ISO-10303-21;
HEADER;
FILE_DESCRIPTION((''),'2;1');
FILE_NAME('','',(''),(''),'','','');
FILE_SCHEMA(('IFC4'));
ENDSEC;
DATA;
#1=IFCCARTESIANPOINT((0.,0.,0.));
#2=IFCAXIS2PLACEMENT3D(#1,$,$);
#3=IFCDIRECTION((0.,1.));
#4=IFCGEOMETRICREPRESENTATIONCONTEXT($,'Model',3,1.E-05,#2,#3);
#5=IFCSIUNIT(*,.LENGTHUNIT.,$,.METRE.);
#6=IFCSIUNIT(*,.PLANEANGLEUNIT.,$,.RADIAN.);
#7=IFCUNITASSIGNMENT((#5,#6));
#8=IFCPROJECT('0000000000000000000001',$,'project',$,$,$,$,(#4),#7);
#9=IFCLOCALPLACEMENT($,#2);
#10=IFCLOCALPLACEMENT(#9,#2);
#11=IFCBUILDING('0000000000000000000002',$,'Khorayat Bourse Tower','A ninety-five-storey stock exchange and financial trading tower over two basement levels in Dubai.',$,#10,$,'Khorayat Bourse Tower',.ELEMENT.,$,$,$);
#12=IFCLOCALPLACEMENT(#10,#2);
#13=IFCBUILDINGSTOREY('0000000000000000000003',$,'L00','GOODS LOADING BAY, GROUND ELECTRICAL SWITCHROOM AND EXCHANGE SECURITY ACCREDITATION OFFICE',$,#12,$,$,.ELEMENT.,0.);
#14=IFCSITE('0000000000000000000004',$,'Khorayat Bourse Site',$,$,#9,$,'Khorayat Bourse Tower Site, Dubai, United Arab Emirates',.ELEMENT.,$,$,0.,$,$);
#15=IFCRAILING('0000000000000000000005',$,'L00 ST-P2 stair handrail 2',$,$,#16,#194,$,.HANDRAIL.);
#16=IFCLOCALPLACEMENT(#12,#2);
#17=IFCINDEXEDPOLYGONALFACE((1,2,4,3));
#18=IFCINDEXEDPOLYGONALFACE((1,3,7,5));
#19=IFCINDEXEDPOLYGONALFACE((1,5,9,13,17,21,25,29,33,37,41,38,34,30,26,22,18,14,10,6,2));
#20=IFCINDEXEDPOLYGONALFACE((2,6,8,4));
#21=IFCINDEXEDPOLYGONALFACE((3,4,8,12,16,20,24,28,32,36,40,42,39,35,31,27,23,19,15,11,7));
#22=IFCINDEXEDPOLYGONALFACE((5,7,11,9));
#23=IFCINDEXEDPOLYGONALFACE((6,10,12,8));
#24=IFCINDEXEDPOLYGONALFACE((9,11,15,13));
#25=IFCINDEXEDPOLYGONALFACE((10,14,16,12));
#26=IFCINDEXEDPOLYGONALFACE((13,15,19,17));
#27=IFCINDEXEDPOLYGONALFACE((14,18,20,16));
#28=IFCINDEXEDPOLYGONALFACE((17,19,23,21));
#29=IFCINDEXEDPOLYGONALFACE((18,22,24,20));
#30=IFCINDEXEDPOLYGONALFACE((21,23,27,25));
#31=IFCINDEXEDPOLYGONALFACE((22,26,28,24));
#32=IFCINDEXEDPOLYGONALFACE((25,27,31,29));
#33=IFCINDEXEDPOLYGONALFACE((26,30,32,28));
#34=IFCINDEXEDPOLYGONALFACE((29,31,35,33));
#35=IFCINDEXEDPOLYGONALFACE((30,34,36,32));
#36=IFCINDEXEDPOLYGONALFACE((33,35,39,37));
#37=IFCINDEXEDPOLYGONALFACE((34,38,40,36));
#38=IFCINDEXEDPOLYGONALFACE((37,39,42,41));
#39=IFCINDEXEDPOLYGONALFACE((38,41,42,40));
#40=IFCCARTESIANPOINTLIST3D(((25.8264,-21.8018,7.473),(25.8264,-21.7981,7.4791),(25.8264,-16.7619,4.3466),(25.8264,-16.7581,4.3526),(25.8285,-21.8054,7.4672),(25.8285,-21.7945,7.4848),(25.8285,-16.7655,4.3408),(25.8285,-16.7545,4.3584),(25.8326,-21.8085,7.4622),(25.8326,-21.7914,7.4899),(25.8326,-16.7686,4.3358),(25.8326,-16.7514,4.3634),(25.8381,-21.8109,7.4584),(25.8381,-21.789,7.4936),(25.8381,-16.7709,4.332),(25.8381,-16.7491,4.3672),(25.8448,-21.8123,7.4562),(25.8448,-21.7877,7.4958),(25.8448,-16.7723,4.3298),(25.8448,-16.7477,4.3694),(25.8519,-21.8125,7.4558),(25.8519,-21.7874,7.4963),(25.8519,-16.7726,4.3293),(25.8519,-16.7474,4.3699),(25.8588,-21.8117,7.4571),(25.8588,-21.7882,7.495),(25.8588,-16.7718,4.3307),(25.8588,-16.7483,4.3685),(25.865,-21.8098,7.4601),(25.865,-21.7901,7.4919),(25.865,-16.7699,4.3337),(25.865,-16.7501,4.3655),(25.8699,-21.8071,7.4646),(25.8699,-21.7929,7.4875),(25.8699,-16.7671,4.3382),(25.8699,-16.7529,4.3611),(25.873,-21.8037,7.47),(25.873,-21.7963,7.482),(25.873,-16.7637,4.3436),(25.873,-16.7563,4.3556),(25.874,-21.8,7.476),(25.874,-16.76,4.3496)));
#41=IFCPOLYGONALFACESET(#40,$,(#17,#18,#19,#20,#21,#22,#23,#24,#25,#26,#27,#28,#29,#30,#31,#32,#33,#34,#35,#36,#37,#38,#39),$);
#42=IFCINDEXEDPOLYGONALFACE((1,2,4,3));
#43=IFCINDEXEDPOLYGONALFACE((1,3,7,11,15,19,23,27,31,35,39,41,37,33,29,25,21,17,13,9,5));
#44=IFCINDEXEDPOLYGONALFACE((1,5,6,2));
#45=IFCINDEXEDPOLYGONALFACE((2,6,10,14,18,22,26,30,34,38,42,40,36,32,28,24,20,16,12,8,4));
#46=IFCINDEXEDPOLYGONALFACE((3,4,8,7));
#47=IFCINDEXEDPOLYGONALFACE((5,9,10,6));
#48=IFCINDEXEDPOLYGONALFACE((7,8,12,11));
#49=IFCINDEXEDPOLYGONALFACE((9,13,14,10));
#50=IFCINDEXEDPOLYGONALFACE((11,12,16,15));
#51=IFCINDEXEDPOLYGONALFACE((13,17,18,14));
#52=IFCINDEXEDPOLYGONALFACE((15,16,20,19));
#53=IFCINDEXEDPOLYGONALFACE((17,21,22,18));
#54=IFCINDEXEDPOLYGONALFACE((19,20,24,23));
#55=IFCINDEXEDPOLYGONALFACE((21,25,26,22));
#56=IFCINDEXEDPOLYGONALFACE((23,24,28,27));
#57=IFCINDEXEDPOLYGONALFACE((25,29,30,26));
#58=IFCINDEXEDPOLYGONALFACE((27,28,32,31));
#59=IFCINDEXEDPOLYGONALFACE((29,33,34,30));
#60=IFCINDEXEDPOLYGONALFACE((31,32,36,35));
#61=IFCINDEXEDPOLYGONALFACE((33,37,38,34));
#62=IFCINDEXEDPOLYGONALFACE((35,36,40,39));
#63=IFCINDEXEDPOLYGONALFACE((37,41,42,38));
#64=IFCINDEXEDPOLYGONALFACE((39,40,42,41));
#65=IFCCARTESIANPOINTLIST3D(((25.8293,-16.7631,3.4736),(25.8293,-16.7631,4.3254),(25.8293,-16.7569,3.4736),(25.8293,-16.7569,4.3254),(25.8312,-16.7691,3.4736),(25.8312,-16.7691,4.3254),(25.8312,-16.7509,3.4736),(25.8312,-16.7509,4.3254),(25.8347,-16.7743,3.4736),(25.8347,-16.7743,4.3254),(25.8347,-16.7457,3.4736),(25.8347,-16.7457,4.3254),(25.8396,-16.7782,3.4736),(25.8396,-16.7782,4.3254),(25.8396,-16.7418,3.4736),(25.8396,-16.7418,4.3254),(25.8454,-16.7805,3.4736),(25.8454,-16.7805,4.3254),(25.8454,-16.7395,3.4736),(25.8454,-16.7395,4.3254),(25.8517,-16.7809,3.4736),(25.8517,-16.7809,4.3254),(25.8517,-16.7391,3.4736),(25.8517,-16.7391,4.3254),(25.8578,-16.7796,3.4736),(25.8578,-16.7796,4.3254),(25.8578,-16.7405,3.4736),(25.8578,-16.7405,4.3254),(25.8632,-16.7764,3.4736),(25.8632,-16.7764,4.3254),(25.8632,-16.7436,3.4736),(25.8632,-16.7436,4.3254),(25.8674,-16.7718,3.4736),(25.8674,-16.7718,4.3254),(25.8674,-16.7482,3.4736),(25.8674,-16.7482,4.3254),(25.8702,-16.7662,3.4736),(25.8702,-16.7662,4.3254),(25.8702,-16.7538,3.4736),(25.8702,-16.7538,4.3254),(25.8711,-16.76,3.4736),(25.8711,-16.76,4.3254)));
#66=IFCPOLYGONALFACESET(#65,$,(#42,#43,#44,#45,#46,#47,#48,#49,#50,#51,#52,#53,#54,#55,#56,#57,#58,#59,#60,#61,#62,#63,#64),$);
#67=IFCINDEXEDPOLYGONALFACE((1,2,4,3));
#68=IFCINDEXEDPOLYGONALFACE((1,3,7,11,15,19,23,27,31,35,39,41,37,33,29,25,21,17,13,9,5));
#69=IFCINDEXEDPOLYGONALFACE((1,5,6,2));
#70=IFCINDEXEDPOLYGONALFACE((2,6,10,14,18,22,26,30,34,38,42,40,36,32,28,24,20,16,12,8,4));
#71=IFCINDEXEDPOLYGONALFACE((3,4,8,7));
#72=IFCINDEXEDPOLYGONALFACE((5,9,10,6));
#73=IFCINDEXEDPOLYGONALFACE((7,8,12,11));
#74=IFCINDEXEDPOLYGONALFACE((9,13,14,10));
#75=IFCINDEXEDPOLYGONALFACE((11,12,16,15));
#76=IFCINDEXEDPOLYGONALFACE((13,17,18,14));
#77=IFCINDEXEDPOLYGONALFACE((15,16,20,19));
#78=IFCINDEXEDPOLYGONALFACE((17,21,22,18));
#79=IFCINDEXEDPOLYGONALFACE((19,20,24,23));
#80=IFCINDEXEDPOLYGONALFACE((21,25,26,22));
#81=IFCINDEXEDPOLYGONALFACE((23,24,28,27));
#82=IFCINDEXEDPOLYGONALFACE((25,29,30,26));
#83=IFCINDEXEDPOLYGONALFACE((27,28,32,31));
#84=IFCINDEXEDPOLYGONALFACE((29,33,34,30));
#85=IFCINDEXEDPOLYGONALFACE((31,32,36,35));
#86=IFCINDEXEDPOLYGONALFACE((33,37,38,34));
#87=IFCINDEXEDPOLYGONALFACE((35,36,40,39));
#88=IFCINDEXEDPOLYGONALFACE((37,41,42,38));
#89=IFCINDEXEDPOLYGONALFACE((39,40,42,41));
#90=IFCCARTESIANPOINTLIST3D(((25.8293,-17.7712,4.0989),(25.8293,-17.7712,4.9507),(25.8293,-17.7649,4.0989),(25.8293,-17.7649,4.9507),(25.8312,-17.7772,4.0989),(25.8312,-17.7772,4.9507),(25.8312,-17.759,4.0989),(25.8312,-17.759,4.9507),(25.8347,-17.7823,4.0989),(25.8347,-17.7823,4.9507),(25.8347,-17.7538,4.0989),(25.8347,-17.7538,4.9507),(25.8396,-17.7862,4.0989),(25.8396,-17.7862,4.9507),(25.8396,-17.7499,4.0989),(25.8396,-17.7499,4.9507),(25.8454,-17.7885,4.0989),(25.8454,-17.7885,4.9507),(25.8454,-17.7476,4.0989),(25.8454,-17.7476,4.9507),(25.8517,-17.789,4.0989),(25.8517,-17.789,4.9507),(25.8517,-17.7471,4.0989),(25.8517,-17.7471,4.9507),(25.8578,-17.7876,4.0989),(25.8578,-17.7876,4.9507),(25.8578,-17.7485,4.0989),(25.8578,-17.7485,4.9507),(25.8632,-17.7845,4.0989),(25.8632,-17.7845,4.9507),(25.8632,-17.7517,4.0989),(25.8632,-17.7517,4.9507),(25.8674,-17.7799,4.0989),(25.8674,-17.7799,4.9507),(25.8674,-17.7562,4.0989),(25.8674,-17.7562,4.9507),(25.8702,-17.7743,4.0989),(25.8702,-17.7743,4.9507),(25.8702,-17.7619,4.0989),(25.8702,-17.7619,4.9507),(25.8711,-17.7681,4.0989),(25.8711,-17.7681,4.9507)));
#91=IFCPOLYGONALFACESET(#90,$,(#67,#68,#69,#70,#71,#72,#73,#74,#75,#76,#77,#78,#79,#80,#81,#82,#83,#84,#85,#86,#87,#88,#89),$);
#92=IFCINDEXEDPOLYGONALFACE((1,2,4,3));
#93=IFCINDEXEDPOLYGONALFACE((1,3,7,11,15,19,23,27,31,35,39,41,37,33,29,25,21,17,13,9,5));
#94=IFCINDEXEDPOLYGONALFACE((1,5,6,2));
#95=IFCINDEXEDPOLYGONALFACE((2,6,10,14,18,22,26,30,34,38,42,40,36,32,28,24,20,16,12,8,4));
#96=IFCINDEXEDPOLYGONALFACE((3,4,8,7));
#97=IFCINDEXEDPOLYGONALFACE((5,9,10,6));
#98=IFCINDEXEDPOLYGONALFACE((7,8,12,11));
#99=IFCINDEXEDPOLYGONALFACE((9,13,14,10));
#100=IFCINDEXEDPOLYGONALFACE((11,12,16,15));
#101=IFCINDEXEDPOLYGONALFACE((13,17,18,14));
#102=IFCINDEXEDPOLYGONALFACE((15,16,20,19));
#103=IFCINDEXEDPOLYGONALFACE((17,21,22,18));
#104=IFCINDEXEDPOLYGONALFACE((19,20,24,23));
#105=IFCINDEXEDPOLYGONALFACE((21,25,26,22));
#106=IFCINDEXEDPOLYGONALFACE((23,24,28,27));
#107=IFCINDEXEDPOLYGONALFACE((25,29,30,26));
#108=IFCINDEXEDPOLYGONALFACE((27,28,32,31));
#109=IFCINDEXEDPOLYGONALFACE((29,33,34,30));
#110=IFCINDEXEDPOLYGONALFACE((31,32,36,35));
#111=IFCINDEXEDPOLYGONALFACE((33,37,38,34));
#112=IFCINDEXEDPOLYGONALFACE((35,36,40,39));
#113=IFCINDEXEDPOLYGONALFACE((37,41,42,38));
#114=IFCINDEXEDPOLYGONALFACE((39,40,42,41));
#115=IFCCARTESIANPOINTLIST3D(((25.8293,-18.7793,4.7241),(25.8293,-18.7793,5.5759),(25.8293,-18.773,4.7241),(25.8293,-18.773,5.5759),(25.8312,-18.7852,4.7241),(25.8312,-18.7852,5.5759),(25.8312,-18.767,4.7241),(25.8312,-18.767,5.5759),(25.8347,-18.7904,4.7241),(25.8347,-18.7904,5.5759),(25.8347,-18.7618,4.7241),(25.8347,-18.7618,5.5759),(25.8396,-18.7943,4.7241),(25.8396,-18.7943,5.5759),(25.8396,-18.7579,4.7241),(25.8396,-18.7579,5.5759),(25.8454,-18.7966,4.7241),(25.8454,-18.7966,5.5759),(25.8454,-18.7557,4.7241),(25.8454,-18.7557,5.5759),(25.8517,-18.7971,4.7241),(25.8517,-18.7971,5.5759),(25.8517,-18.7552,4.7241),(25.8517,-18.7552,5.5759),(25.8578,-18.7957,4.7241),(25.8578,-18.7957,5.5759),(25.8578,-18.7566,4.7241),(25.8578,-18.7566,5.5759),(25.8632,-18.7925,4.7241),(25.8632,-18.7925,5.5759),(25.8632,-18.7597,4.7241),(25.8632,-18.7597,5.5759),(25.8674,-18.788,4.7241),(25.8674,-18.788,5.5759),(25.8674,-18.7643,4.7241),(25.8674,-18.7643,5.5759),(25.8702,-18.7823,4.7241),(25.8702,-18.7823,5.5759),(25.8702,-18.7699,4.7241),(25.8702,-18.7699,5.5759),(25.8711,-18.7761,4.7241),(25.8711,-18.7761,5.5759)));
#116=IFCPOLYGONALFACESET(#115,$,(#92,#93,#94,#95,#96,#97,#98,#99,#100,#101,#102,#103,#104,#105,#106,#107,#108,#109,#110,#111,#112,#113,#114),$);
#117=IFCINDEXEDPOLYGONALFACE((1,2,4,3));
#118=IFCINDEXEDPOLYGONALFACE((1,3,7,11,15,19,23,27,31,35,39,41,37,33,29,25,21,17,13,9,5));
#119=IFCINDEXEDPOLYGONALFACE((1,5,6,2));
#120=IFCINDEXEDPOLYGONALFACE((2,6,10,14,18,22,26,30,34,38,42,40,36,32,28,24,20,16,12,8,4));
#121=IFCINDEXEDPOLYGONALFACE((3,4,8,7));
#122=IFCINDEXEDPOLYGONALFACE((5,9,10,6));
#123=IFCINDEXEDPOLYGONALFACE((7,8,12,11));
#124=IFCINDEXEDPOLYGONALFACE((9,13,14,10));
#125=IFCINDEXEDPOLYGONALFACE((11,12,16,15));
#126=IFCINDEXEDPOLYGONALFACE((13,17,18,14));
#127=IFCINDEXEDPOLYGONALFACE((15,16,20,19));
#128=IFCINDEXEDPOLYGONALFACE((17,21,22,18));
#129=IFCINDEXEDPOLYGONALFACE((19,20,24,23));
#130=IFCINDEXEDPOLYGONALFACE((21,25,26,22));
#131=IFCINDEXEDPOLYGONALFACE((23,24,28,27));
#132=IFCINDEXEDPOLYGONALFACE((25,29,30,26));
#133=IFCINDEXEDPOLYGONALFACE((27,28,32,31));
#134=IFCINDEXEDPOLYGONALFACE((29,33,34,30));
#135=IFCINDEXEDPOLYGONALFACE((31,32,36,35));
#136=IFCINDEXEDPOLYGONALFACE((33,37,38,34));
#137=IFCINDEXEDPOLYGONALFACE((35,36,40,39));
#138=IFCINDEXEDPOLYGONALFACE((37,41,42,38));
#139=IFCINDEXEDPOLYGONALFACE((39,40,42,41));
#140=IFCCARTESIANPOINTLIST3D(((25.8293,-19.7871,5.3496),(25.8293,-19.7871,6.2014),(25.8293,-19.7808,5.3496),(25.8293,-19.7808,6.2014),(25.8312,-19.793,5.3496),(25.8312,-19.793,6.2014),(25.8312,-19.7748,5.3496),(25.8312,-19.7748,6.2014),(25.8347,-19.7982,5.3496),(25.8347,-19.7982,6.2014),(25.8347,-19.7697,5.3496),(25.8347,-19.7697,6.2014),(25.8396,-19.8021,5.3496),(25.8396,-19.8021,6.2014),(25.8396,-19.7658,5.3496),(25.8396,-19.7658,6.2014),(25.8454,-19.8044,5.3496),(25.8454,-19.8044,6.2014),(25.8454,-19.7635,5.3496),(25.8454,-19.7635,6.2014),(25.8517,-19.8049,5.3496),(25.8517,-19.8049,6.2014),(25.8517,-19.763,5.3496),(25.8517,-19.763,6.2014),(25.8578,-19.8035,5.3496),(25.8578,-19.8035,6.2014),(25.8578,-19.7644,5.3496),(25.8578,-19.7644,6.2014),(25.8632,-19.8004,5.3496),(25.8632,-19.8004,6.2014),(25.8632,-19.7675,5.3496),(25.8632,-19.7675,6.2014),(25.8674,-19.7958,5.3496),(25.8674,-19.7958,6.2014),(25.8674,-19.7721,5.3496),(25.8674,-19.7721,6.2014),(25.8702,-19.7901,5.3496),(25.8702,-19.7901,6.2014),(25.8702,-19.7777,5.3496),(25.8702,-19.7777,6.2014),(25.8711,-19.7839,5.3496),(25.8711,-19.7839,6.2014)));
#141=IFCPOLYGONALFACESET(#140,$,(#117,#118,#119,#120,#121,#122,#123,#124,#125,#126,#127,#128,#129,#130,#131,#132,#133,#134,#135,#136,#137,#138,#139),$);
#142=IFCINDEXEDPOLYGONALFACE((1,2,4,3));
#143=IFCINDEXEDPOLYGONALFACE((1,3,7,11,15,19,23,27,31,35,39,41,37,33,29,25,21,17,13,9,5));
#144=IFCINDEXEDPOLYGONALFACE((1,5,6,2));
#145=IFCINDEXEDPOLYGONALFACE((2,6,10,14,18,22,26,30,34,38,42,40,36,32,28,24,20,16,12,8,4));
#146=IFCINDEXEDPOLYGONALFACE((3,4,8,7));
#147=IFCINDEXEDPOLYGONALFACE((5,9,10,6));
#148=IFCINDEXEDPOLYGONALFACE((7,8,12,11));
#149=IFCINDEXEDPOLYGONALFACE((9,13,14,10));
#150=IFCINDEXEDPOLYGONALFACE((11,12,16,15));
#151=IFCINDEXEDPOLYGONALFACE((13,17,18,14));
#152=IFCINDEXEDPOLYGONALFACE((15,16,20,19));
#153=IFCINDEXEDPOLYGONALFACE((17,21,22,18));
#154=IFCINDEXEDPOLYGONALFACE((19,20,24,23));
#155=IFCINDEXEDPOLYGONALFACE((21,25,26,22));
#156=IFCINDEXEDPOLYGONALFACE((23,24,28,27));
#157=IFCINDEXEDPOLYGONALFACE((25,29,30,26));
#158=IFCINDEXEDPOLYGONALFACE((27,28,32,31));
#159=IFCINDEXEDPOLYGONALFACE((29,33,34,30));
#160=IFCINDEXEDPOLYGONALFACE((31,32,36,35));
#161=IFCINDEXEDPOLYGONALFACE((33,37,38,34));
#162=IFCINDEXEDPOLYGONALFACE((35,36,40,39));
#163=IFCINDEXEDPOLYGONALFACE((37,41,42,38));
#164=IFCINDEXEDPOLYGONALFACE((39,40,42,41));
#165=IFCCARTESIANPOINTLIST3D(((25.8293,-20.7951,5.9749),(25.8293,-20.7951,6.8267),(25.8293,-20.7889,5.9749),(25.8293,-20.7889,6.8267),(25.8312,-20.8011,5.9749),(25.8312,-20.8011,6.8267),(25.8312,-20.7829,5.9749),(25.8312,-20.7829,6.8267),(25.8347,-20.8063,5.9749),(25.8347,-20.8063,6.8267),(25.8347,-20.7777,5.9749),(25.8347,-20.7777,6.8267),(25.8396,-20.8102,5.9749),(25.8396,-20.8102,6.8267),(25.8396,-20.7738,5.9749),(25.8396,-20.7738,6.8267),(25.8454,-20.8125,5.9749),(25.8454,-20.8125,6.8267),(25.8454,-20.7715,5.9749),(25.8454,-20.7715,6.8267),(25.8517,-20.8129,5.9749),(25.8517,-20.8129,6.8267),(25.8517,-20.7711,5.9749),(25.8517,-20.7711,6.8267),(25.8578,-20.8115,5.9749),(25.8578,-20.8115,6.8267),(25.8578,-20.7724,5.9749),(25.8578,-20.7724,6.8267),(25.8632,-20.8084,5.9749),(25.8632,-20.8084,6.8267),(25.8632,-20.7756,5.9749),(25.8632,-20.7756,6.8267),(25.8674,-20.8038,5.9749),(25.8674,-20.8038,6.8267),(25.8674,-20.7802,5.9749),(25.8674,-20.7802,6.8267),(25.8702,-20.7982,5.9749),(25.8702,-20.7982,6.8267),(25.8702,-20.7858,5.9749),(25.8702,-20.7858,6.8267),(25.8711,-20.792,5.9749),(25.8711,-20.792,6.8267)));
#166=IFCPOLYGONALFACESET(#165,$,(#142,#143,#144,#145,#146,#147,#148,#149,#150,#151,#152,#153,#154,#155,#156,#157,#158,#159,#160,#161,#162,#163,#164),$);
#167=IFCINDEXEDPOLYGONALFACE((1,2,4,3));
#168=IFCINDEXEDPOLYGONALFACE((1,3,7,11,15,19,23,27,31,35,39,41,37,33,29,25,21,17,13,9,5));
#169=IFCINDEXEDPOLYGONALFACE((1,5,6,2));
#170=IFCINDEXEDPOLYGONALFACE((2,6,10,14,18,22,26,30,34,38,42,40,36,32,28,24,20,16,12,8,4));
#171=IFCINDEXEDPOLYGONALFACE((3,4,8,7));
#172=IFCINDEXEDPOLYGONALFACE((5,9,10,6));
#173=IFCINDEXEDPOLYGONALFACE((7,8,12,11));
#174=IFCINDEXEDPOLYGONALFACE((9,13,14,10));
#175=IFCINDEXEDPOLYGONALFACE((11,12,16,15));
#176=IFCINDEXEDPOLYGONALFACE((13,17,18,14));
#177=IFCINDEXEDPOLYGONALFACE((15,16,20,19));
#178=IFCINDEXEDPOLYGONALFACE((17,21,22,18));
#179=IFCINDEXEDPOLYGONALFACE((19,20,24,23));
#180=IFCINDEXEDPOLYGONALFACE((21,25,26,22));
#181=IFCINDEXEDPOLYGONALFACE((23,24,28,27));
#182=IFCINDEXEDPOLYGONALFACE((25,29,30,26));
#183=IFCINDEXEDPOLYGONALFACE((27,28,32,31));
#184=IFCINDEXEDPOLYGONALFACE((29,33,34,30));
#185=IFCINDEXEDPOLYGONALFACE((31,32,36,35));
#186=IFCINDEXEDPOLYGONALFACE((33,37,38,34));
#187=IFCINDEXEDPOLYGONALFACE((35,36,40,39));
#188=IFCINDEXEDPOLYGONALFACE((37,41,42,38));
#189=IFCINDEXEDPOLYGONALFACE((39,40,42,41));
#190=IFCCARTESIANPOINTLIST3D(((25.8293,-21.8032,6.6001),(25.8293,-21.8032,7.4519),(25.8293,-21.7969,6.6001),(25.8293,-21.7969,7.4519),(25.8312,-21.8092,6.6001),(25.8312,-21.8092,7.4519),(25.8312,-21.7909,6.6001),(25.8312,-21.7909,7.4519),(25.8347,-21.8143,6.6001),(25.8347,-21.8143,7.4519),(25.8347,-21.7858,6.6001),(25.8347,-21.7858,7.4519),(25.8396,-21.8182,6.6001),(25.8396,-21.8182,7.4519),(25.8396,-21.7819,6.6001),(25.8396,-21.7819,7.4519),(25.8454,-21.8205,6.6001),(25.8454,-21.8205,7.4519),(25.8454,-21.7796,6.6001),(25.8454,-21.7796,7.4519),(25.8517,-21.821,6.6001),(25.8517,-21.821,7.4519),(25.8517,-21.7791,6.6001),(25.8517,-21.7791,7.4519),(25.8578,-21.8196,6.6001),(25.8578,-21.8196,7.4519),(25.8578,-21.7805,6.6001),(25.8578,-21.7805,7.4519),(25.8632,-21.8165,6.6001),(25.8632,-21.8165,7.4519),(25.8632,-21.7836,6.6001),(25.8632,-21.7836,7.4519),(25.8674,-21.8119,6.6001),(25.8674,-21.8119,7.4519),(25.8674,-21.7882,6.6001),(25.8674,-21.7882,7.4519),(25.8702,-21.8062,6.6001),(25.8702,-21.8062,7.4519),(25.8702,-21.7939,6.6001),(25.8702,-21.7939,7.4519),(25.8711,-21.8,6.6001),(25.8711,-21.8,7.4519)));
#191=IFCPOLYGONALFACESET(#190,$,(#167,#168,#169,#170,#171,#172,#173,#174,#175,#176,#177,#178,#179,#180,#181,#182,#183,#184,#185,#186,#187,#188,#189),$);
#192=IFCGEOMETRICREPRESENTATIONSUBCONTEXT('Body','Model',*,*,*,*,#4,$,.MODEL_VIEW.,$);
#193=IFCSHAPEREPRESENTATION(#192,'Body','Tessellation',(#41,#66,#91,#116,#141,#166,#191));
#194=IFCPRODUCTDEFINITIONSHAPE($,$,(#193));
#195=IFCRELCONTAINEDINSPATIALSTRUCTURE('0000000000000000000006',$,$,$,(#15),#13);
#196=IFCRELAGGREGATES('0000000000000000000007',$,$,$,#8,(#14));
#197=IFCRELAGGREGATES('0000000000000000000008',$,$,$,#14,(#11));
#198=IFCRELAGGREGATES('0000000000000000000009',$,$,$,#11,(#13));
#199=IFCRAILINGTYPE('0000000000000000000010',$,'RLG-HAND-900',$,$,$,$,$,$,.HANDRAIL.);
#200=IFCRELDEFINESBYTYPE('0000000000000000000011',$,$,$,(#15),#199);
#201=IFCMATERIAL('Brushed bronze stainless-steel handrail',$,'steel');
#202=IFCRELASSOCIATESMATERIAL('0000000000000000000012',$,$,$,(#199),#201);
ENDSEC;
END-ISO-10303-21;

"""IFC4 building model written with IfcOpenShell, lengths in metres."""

from ifc_helpers import new_model, si_unit, direction, frame, origin, origin_2d, place, context, subcontext, project, spatial, circle, extrude, source, transform, mapped, material, type_object, element, save


model = new_model("IFC4")

# Units and contexts
model_context = context("Model", 3, precision=1e-05, world=origin(), true_north=direction((0.0, 1.0)))
body_context = subcontext(model_context, "Body", "Model", "MODEL_VIEW")
ifc_project = project(units=[si_unit("LENGTHUNIT", "METRE"), si_unit("PLANEANGLEUNIT", "RADIAN")], contexts=[model_context])

# Site, building, storey
site_placement = place(None, origin())
site = spatial("IfcSite", under=ifc_project, at=site_placement, Name="Khorayat Bourse Site", LongName="Khorayat Bourse Tower Site, Dubai, United Arab Emirates", CompositionType="ELEMENT", RefElevation=0.0)
building_placement = place(site_placement, origin())
building = spatial("IfcBuilding", under=site, at=building_placement, Name="Khorayat Bourse Tower", Description="A ninety-five-storey stock exchange and financial trading tower over two basement levels in Dubai.", LongName="Khorayat Bourse Tower", CompositionType="ELEMENT")
storey_placement = place(building_placement, origin())
storey = spatial("IfcBuildingStorey", under=building, at=storey_placement, Name="L00", Description="GOODS LOADING BAY, GROUND ELECTRICAL SWITCHROOM AND EXCHANGE SECURITY ACCREDITATION OFFICE", CompositionType="ELEMENT", Elevation=0.0)

# Railing
ifc_material_1 = material(Name="Brushed bronze stainless-steel handrail", Category="steel")
railing_type_1 = type_object("IfcRailingType", Name="RLG-HAND-900", PredefinedType="HANDRAIL", material=ifc_material_1)
shared_shape_1 = source(origin(), body_context, "Body", "SweptSolid", [
    extrude(circle(Radius=0.0239, at=origin_2d()), frame((0.0, 0.0, 0.876), z_axis=(0.0, -0.849779, 0.527139), x_axis=(1.0, 0.0, 0.0)), (0.0, 0.0, 1.0), 5.9309),
    extrude(circle(Radius=0.021, at=origin_2d()), origin(), (0.0, 0.0, 1.0), 0.8518),
    extrude(circle(Radius=0.021, at=origin_2d()), frame((0.0, -1.0081, 0.6252)), (0.0, 0.0, 1.0), 0.8518),
    extrude(circle(Radius=0.021, at=origin_2d()), frame((0.0, -2.0161, 1.2505)), (0.0, 0.0, 1.0), 0.8518),
    extrude(circle(Radius=0.021, at=origin_2d()), frame((0.0, -3.0239, 1.876)), (0.0, 0.0, 1.0), 0.8518),
    extrude(circle(Radius=0.021, at=origin_2d()), frame((0.0, -4.032, 2.5012)), (0.0, 0.0, 1.0), 0.8518),
    extrude(circle(Radius=0.021, at=origin_2d()), frame((0.0, -5.04, 3.1265)), (0.0, 0.0, 1.0), 0.8518),
])
railing_1_placement = place(storey_placement, frame((25.8501, -16.76, 3.4736)))
element("IfcRailing", 1, at=railing_1_placement, inside=storey, type_object=railing_type_1, Name="L00 ST-P2 stair handrail 2", PredefinedType="HANDRAIL", context=body_context, shape_type="MappedRepresentation", body=[
    mapped(shared_shape_1, transform((0.0, 0.0, 0.0), scale=1.0)),
])

save(model, "model.ifc")
